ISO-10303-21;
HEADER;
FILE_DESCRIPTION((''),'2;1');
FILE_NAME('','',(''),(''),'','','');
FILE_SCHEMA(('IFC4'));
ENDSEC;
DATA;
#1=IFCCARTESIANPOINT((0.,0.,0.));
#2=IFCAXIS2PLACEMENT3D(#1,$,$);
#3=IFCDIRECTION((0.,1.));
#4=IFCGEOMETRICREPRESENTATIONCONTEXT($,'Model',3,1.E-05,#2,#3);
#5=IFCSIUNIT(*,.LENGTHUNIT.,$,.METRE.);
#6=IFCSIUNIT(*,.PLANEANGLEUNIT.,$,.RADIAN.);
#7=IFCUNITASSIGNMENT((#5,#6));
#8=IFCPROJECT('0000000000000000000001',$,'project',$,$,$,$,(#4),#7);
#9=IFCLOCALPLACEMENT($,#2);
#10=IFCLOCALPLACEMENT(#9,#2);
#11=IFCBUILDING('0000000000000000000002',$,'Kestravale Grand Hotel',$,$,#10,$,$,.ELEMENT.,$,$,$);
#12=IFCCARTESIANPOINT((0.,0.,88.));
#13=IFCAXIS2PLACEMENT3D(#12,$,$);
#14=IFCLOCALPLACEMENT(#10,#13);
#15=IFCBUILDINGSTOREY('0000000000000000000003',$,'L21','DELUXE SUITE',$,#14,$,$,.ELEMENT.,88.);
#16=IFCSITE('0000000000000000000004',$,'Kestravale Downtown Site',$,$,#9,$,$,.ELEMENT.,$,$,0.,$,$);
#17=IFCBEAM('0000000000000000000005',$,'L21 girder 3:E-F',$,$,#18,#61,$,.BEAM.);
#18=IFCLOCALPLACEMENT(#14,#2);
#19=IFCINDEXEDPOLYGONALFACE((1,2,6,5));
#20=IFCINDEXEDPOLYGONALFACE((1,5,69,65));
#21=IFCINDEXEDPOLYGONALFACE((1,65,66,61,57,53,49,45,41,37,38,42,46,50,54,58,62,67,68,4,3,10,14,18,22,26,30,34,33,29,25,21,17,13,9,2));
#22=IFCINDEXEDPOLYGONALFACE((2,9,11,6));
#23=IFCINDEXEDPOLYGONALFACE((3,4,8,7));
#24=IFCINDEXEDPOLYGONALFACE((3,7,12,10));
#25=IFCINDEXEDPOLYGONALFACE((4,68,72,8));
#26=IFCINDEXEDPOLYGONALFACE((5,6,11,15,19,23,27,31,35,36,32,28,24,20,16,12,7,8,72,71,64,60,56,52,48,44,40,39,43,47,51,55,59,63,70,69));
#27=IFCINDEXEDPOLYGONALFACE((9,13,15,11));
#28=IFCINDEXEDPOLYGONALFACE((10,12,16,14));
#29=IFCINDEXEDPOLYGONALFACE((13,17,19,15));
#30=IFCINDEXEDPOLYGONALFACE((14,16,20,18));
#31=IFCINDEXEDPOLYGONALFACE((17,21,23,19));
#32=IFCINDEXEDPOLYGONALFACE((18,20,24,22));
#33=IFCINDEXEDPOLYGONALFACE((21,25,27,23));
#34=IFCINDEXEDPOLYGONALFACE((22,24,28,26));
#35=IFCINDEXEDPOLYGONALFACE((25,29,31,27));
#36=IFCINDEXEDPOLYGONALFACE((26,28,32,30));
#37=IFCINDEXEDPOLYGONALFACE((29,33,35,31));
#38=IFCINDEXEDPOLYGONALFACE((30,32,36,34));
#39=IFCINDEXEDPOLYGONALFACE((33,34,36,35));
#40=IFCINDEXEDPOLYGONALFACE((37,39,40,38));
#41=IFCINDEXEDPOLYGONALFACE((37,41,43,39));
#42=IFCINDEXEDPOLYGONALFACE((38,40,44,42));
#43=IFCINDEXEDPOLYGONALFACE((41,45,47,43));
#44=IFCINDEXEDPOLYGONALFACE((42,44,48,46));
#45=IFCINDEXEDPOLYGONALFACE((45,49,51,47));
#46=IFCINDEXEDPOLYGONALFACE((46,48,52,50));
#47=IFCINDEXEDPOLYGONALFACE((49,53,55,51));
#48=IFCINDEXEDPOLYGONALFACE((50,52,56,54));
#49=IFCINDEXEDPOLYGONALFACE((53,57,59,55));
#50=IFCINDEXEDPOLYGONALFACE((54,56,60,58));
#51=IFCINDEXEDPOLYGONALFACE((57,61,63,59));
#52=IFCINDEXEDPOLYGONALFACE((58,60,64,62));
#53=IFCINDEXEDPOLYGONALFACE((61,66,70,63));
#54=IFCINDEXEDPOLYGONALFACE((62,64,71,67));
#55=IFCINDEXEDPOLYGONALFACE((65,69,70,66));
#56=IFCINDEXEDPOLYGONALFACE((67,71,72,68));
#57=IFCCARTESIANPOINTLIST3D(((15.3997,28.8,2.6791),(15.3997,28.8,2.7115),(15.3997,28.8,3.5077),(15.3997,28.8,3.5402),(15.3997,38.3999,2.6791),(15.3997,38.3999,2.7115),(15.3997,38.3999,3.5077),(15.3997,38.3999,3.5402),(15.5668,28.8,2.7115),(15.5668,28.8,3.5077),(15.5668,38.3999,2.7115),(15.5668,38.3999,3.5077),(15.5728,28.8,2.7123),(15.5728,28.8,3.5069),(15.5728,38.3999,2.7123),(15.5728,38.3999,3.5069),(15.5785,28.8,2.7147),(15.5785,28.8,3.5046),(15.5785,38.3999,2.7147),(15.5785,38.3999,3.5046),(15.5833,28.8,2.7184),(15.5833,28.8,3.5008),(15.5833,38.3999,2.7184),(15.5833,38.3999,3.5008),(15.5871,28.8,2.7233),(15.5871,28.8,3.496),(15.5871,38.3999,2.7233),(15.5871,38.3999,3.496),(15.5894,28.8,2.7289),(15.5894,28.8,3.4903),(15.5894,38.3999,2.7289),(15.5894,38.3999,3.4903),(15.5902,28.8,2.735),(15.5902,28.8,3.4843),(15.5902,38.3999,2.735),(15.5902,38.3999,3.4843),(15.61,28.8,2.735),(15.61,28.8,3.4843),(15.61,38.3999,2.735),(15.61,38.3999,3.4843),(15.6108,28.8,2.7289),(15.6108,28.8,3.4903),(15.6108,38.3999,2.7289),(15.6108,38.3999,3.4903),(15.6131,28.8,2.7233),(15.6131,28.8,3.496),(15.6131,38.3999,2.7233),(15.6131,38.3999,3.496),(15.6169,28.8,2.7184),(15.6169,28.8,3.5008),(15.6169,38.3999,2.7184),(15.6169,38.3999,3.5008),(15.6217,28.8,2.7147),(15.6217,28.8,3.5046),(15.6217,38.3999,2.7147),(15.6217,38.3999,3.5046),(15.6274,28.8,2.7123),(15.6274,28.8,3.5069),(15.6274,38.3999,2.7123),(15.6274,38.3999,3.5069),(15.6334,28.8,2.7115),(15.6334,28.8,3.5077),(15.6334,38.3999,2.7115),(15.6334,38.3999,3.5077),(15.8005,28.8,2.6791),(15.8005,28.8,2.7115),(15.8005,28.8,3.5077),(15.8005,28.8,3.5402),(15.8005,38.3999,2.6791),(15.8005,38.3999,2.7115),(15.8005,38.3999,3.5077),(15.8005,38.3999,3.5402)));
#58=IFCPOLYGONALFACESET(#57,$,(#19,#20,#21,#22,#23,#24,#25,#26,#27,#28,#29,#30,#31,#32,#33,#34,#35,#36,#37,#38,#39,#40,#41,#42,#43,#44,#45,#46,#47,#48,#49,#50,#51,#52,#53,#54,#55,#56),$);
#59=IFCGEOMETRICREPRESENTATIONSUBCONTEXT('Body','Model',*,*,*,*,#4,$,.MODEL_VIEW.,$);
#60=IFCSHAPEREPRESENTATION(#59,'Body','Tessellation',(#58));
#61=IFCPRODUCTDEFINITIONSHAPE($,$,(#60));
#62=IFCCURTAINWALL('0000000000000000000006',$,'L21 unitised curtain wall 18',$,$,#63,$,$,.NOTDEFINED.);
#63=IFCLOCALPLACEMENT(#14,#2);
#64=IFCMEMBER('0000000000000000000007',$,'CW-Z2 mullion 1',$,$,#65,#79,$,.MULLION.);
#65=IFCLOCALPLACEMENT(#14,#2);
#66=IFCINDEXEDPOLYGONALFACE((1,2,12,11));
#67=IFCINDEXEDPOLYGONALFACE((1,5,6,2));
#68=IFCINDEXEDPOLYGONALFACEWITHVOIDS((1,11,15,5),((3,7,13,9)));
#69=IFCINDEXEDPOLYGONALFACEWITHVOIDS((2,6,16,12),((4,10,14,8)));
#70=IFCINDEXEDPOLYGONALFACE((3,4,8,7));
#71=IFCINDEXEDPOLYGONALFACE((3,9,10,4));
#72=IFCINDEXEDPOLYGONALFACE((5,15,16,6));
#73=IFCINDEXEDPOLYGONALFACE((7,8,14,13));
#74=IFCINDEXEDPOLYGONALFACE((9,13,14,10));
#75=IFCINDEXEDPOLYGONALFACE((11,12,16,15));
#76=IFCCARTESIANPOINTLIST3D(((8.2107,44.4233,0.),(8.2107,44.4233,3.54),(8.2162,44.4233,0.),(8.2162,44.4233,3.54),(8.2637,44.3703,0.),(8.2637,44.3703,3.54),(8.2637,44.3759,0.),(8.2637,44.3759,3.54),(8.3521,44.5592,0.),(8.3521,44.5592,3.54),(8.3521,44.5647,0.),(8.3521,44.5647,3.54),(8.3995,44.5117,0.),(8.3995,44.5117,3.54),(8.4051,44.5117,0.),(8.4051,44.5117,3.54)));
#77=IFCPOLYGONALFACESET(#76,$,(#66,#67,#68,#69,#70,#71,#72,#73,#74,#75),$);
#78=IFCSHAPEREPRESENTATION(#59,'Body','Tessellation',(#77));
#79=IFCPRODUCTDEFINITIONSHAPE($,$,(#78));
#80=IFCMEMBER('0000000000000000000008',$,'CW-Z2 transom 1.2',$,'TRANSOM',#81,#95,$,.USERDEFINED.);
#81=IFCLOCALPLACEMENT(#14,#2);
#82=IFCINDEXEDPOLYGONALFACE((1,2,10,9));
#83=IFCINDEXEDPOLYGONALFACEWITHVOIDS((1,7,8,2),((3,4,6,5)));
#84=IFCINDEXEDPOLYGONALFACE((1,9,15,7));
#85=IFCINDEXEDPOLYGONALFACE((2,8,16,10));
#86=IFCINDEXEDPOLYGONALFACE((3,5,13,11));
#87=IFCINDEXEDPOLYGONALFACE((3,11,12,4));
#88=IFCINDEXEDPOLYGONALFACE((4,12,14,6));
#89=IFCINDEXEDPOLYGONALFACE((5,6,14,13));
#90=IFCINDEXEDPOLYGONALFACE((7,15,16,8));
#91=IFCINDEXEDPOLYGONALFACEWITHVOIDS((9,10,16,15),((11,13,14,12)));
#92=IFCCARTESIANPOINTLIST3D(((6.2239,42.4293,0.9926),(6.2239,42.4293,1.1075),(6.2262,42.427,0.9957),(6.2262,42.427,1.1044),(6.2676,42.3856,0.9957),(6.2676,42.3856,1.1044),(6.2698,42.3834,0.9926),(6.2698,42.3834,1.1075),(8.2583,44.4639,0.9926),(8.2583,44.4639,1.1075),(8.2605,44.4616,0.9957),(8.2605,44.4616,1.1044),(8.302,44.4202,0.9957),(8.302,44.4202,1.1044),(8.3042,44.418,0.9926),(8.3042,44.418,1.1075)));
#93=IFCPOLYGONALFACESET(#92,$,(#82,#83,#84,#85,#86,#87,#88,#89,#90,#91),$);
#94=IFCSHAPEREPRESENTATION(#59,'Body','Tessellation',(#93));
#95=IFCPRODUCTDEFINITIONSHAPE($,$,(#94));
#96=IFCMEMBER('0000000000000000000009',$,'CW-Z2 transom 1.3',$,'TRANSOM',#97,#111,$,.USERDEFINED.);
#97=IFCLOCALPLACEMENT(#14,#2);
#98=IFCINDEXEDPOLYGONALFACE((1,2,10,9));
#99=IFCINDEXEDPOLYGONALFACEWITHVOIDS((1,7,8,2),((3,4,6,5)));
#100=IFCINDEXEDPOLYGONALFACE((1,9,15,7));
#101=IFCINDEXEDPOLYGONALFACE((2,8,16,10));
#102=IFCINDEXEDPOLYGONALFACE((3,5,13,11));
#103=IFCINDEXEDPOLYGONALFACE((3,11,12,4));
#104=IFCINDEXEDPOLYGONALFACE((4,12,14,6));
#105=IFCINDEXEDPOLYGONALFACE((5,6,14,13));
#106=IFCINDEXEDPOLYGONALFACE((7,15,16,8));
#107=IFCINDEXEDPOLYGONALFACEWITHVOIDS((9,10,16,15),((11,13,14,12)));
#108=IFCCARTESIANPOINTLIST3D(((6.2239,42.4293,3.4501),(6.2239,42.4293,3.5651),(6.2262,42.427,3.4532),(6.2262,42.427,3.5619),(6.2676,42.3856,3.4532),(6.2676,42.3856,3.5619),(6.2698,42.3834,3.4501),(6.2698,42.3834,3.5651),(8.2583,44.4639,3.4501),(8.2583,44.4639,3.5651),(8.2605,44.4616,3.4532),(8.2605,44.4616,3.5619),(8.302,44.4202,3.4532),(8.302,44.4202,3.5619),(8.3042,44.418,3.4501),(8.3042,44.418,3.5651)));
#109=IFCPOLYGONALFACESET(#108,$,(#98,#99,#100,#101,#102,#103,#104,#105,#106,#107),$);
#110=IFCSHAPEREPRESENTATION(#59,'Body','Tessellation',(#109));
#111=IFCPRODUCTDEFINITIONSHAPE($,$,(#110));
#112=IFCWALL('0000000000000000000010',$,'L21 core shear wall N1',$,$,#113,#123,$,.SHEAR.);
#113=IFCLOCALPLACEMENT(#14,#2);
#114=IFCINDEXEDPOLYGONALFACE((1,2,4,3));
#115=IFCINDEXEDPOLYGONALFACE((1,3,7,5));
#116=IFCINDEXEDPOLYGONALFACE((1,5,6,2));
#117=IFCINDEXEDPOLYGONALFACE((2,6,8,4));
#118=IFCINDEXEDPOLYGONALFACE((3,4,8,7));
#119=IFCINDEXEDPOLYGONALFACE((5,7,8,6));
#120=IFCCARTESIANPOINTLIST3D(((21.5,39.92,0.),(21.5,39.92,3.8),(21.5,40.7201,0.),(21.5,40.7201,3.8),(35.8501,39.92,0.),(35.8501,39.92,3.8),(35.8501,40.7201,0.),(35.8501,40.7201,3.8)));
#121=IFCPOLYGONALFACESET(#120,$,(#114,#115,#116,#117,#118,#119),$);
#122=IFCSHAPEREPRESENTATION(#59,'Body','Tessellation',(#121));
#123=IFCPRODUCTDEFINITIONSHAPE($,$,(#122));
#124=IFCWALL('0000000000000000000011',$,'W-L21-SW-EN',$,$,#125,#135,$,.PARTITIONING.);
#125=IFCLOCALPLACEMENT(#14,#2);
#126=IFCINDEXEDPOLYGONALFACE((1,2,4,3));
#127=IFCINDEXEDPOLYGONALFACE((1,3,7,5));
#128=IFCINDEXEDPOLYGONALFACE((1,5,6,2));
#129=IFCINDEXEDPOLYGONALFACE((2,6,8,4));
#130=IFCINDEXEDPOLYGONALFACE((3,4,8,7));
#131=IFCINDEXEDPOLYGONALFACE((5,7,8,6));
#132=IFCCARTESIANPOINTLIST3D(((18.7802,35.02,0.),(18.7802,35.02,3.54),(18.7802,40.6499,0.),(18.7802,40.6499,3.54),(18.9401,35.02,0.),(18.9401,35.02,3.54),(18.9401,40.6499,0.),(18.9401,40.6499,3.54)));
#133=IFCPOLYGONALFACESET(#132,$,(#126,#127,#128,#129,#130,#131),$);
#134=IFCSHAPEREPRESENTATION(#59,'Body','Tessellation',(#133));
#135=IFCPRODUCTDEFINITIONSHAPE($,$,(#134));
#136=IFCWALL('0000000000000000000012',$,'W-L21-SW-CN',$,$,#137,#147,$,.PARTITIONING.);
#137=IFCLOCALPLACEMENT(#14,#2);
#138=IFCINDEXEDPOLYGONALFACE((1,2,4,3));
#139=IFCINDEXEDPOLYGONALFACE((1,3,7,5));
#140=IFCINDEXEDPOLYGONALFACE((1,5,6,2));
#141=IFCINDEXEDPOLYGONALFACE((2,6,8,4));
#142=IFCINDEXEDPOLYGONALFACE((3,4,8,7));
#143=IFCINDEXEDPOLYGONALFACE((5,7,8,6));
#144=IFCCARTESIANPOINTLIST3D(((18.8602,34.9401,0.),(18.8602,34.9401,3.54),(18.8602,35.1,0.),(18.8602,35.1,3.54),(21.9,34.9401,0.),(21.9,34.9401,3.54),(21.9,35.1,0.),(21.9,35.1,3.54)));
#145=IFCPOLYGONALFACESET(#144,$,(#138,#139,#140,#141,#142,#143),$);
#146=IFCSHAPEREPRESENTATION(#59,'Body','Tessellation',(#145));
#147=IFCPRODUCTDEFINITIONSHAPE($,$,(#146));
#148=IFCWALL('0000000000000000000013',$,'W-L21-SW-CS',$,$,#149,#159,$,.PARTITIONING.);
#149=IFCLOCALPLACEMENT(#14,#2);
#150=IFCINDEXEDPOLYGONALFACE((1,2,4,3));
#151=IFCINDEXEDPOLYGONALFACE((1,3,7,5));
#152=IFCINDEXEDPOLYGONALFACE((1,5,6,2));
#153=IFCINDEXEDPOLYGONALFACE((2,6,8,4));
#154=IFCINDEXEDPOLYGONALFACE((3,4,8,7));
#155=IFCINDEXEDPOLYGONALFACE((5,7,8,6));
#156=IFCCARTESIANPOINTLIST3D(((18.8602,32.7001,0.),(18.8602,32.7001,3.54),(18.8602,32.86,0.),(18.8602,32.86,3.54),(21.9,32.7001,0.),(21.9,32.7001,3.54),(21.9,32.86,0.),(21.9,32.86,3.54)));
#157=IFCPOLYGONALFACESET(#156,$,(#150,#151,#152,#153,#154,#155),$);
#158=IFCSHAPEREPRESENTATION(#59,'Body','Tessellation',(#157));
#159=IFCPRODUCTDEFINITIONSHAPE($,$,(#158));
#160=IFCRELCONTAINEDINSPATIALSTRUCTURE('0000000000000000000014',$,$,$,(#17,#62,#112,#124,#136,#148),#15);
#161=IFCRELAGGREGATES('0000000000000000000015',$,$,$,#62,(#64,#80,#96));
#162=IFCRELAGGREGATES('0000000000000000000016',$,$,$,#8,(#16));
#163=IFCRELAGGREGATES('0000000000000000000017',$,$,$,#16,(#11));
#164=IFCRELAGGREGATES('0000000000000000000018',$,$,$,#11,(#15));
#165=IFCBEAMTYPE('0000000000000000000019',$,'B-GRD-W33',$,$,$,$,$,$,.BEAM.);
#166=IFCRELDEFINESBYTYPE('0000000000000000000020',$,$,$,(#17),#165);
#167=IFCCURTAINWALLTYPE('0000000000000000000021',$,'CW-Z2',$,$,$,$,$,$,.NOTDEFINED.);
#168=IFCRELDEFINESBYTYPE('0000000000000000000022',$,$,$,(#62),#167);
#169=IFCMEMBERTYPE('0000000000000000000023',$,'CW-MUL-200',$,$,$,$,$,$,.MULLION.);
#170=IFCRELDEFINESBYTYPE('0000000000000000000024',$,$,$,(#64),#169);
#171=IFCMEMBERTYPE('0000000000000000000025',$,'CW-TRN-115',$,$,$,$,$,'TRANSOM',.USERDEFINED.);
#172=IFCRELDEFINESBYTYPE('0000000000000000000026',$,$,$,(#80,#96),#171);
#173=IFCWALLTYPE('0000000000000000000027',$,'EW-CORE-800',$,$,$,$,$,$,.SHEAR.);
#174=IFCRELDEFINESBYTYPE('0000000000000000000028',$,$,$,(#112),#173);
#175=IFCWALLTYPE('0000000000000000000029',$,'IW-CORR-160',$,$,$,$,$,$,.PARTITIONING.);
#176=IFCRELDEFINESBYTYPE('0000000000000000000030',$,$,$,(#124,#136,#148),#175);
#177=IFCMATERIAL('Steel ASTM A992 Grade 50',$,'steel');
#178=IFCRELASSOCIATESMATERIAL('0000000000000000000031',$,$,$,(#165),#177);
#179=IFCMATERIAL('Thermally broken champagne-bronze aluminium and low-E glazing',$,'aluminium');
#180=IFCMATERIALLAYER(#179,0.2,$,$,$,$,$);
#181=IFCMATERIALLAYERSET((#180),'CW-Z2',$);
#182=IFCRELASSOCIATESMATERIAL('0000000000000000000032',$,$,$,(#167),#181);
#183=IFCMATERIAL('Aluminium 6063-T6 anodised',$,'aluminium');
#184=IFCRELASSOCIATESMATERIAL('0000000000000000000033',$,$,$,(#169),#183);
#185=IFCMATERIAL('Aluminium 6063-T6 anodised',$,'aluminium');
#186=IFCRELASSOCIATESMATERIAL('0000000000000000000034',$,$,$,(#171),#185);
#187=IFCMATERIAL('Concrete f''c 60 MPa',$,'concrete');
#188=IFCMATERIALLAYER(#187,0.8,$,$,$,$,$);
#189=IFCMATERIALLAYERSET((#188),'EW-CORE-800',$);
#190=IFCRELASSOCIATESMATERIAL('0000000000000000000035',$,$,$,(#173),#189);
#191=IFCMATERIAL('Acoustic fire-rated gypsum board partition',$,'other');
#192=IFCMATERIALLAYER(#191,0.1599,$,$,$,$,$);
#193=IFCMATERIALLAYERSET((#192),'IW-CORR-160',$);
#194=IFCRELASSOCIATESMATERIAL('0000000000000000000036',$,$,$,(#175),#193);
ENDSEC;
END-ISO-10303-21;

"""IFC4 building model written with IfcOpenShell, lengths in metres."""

from ifc_helpers import new_model, si_unit, direction, frame, frame_2d, origin, origin_2d, place, context, subcontext, project, spatial, rectangle, hollow_rectangle, i_section, extrude, material, layer, layer_set, material_profile, profile_set, type_object, element, aggregate, save


model = new_model("IFC4")

# Units and contexts
model_context = context("Model", 3, precision=1e-05, world=origin(), true_north=direction((0.0, 1.0)))
body_context = subcontext(model_context, "Body", "Model", "MODEL_VIEW")
ifc_project = project(units=[si_unit("LENGTHUNIT", "METRE"), si_unit("PLANEANGLEUNIT", "RADIAN")], contexts=[model_context])

# Site, building, storey
site_placement = place(None, origin())
site = spatial("IfcSite", under=ifc_project, at=site_placement, Name="Kestravale Downtown Site", CompositionType="ELEMENT", RefElevation=0.0)
building_placement = place(site_placement, origin())
building = spatial("IfcBuilding", under=site, at=building_placement, Name="Kestravale Grand Hotel", CompositionType="ELEMENT")
storey_placement = place(building_placement, frame((0.0, 0.0, 88.0)))
storey = spatial("IfcBuildingStorey", under=building, at=storey_placement, Name="L21", Description="DELUXE SUITE", CompositionType="ELEMENT", Elevation=88.0)

# Beam
ifc_material_1 = material(Name="Steel ASTM A992 Grade 50", Category="steel")
ifc_material_profile_1 = material_profile(ifc_material_1, i_section(OverallWidth=0.4009, OverallDepth=0.8611, WebThickness=0.0198, FlangeThickness=0.0325, FilletRadius=0.0234, at=origin_2d()))
ifc_profile_set_1 = profile_set([ifc_material_profile_1], Name="Steel ASTM A992 Grade 50")
beam_type_1 = type_object("IfcBeamType", Name="B-GRD-W33", PredefinedType="BEAM", material=ifc_profile_set_1)
beam_1_placement = place(storey_placement, frame((15.6001, 28.8, 3.1096), z_axis=(0.0, 1.0, 0.0), x_axis=(-1.0, 0.0, 0.0)))
element("IfcBeam", 1, at=beam_1_placement, inside=storey, type_object=beam_type_1, Name="L21 girder 3:E-F", PredefinedType="BEAM", context=body_context, shape_type="SweptSolid", body=[
    extrude(i_section(OverallWidth=0.4009, OverallDepth=0.8611, WebThickness=0.0198, FlangeThickness=0.0325, FilletRadius=0.0234, at=origin_2d()), origin(), (0.0, 0.0, 1.0), 9.5999),
])

# Curtain wall, members
ifc_material_2 = material(Name="Thermally broken champagne-bronze aluminium and low-E glazing", Category="aluminium")
ifc_layer_1 = layer(ifc_material_2, 0.2)
ifc_layer_set_1 = layer_set([ifc_layer_1], Name="CW-Z2")
curtain_wall_type = type_object("IfcCurtainWallType", Name="CW-Z2", PredefinedType="NOTDEFINED", material=ifc_layer_set_1)
curtain_wall_placement = place(storey_placement, origin())
curtain_wall = element("IfcCurtainWall", 2, at=curtain_wall_placement, inside=storey, type_object=curtain_wall_type, Name="L21 unitised curtain wall 18", PredefinedType="NOTDEFINED")
ifc_material_3 = material(Name="Aluminium 6063-T6 anodised", Category="aluminium")
ifc_material_profile_2 = material_profile(ifc_material_3, hollow_rectangle(XDim=0.075, YDim=0.2, WallThickness=0.0039, at=origin_2d()))
ifc_profile_set_2 = profile_set([ifc_material_profile_2], Name="Aluminium 6063-T6 anodised")
member_type_1 = type_object("IfcMemberType", Name="CW-MUL-200", PredefinedType="MULLION", material=ifc_profile_set_2)
member_1_placement = place(storey_placement, frame((8.3079, 44.4675, 0.0), z_axis=(0.0, 0.0, 1.0), x_axis=(0.707107, -0.707107, 0.0)))
member_1 = element("IfcMember", 3, at=member_1_placement, type_object=member_type_1, Name="CW-Z2 mullion 1", PredefinedType="MULLION", context=body_context, shape_type="SweptSolid", body=[
    extrude(hollow_rectangle(XDim=0.075, YDim=0.2, WallThickness=0.0039, at=origin_2d()), origin(), (0.0, 0.0, 1.0), 3.54),
])
ifc_material_4 = material(Name="Aluminium 6063-T6 anodised", Category="aluminium")
ifc_material_profile_3 = material_profile(ifc_material_4, hollow_rectangle(XDim=0.0649, YDim=0.115, WallThickness=0.0032, at=origin_2d()))
ifc_profile_set_3 = profile_set([ifc_material_profile_3], Name="Aluminium 6063-T6 anodised")
member_type_2 = type_object("IfcMemberType", Name="CW-TRN-115", ElementType="TRANSOM", PredefinedType="USERDEFINED", material=ifc_profile_set_3)
member_2_placement = place(storey_placement, frame((8.2812, 44.4409, 1.05), z_axis=(-0.707064, -0.707149, 0.0), x_axis=(0.707149, -0.707064, 0.0)))
member_2 = element("IfcMember", 4, at=member_2_placement, type_object=member_type_2, Name="CW-Z2 transom 1.2", ObjectType="TRANSOM", PredefinedType="USERDEFINED", context=body_context, shape_type="SweptSolid", body=[
    extrude(hollow_rectangle(XDim=0.0649, YDim=0.115, WallThickness=0.0032, at=origin_2d()), origin(), (0.0, 0.0, 1.0), 2.8772),
])
member_3_placement = place(storey_placement, frame((8.2812, 44.4409, 3.5076), z_axis=(-0.707064, -0.707149, 0.0), x_axis=(0.707149, -0.707064, 0.0)))
member_3 = element("IfcMember", 5, at=member_3_placement, type_object=member_type_2, Name="CW-Z2 transom 1.3", ObjectType="TRANSOM", PredefinedType="USERDEFINED", context=body_context, shape_type="SweptSolid", body=[
    extrude(hollow_rectangle(XDim=0.0649, YDim=0.115, WallThickness=0.0032, at=origin_2d()), origin(), (0.0, 0.0, 1.0), 2.8772),
])
aggregate(curtain_wall, [member_1, member_2, member_3])

# Walls
ifc_material_5 = material(Name="Concrete f'c 60 MPa", Category="concrete")
ifc_layer_2 = layer(ifc_material_5, 0.8)
ifc_layer_set_2 = layer_set([ifc_layer_2], Name="EW-CORE-800")
wall_type_1 = type_object("IfcWallType", Name="EW-CORE-800", PredefinedType="SHEAR", material=ifc_layer_set_2)
wall_1_placement = place(storey_placement, frame((21.5, 40.3201, 0.0), z_axis=(0.0, 0.0, 1.0), x_axis=(1.0, 0.0, 0.0)))
element("IfcWall", 6, at=wall_1_placement, inside=storey, type_object=wall_type_1, Name="L21 core shear wall N1", PredefinedType="SHEAR", context=body_context, shape_type="SweptSolid", body=[
    extrude(rectangle(XDim=14.3501, YDim=0.8, at=frame_2d((7.175, 0.0))), origin(), (0.0, 0.0, 1.0), 3.8),
])
ifc_material_6 = material(Name="Acoustic fire-rated gypsum board partition", Category="other")
ifc_layer_3 = layer(ifc_material_6, 0.1599)
ifc_layer_set_3 = layer_set([ifc_layer_3], Name="IW-CORR-160")
wall_type_2 = type_object("IfcWallType", Name="IW-CORR-160", PredefinedType="PARTITIONING", material=ifc_layer_set_3)
wall_2_placement = place(storey_placement, frame((18.8601, 35.02, 0.0), z_axis=(0.0, 0.0, 1.0), x_axis=(0.0, 1.0, 0.0)))
element("IfcWall", 7, at=wall_2_placement, inside=storey, type_object=wall_type_2, Name="W-L21-SW-EN", PredefinedType="PARTITIONING", context=body_context, shape_type="SweptSolid", body=[
    extrude(rectangle(XDim=5.6299, YDim=0.1599, at=frame_2d((2.8149, 0.0))), origin(), (0.0, 0.0, 1.0), 3.54),
])
for number, where, z_axis, x_axis, name in (
    (8, (18.8601, 35.02, 0.0), (0.0, 0.0, 1.0), (1.0, 0.0, 0.0), "W-L21-SW-CN"),
    (9, (18.8601, 32.78, 0.0), (0.0, 0.0, 1.0), (1.0, 0.0, 0.0), "W-L21-SW-CS"),
):
    element("IfcWall", number, at=place(storey_placement, frame(where, z_axis=z_axis, x_axis=x_axis)), inside=storey, type_object=wall_type_2, Name=name, PredefinedType="PARTITIONING", context=body_context, shape_type="SweptSolid", body=[
        extrude(rectangle(XDim=3.0398, YDim=0.1599, at=frame_2d((1.52, 0.0))), origin(), (0.0, 0.0, 1.0), 3.54),
    ])

save(model, "model.ifc")
